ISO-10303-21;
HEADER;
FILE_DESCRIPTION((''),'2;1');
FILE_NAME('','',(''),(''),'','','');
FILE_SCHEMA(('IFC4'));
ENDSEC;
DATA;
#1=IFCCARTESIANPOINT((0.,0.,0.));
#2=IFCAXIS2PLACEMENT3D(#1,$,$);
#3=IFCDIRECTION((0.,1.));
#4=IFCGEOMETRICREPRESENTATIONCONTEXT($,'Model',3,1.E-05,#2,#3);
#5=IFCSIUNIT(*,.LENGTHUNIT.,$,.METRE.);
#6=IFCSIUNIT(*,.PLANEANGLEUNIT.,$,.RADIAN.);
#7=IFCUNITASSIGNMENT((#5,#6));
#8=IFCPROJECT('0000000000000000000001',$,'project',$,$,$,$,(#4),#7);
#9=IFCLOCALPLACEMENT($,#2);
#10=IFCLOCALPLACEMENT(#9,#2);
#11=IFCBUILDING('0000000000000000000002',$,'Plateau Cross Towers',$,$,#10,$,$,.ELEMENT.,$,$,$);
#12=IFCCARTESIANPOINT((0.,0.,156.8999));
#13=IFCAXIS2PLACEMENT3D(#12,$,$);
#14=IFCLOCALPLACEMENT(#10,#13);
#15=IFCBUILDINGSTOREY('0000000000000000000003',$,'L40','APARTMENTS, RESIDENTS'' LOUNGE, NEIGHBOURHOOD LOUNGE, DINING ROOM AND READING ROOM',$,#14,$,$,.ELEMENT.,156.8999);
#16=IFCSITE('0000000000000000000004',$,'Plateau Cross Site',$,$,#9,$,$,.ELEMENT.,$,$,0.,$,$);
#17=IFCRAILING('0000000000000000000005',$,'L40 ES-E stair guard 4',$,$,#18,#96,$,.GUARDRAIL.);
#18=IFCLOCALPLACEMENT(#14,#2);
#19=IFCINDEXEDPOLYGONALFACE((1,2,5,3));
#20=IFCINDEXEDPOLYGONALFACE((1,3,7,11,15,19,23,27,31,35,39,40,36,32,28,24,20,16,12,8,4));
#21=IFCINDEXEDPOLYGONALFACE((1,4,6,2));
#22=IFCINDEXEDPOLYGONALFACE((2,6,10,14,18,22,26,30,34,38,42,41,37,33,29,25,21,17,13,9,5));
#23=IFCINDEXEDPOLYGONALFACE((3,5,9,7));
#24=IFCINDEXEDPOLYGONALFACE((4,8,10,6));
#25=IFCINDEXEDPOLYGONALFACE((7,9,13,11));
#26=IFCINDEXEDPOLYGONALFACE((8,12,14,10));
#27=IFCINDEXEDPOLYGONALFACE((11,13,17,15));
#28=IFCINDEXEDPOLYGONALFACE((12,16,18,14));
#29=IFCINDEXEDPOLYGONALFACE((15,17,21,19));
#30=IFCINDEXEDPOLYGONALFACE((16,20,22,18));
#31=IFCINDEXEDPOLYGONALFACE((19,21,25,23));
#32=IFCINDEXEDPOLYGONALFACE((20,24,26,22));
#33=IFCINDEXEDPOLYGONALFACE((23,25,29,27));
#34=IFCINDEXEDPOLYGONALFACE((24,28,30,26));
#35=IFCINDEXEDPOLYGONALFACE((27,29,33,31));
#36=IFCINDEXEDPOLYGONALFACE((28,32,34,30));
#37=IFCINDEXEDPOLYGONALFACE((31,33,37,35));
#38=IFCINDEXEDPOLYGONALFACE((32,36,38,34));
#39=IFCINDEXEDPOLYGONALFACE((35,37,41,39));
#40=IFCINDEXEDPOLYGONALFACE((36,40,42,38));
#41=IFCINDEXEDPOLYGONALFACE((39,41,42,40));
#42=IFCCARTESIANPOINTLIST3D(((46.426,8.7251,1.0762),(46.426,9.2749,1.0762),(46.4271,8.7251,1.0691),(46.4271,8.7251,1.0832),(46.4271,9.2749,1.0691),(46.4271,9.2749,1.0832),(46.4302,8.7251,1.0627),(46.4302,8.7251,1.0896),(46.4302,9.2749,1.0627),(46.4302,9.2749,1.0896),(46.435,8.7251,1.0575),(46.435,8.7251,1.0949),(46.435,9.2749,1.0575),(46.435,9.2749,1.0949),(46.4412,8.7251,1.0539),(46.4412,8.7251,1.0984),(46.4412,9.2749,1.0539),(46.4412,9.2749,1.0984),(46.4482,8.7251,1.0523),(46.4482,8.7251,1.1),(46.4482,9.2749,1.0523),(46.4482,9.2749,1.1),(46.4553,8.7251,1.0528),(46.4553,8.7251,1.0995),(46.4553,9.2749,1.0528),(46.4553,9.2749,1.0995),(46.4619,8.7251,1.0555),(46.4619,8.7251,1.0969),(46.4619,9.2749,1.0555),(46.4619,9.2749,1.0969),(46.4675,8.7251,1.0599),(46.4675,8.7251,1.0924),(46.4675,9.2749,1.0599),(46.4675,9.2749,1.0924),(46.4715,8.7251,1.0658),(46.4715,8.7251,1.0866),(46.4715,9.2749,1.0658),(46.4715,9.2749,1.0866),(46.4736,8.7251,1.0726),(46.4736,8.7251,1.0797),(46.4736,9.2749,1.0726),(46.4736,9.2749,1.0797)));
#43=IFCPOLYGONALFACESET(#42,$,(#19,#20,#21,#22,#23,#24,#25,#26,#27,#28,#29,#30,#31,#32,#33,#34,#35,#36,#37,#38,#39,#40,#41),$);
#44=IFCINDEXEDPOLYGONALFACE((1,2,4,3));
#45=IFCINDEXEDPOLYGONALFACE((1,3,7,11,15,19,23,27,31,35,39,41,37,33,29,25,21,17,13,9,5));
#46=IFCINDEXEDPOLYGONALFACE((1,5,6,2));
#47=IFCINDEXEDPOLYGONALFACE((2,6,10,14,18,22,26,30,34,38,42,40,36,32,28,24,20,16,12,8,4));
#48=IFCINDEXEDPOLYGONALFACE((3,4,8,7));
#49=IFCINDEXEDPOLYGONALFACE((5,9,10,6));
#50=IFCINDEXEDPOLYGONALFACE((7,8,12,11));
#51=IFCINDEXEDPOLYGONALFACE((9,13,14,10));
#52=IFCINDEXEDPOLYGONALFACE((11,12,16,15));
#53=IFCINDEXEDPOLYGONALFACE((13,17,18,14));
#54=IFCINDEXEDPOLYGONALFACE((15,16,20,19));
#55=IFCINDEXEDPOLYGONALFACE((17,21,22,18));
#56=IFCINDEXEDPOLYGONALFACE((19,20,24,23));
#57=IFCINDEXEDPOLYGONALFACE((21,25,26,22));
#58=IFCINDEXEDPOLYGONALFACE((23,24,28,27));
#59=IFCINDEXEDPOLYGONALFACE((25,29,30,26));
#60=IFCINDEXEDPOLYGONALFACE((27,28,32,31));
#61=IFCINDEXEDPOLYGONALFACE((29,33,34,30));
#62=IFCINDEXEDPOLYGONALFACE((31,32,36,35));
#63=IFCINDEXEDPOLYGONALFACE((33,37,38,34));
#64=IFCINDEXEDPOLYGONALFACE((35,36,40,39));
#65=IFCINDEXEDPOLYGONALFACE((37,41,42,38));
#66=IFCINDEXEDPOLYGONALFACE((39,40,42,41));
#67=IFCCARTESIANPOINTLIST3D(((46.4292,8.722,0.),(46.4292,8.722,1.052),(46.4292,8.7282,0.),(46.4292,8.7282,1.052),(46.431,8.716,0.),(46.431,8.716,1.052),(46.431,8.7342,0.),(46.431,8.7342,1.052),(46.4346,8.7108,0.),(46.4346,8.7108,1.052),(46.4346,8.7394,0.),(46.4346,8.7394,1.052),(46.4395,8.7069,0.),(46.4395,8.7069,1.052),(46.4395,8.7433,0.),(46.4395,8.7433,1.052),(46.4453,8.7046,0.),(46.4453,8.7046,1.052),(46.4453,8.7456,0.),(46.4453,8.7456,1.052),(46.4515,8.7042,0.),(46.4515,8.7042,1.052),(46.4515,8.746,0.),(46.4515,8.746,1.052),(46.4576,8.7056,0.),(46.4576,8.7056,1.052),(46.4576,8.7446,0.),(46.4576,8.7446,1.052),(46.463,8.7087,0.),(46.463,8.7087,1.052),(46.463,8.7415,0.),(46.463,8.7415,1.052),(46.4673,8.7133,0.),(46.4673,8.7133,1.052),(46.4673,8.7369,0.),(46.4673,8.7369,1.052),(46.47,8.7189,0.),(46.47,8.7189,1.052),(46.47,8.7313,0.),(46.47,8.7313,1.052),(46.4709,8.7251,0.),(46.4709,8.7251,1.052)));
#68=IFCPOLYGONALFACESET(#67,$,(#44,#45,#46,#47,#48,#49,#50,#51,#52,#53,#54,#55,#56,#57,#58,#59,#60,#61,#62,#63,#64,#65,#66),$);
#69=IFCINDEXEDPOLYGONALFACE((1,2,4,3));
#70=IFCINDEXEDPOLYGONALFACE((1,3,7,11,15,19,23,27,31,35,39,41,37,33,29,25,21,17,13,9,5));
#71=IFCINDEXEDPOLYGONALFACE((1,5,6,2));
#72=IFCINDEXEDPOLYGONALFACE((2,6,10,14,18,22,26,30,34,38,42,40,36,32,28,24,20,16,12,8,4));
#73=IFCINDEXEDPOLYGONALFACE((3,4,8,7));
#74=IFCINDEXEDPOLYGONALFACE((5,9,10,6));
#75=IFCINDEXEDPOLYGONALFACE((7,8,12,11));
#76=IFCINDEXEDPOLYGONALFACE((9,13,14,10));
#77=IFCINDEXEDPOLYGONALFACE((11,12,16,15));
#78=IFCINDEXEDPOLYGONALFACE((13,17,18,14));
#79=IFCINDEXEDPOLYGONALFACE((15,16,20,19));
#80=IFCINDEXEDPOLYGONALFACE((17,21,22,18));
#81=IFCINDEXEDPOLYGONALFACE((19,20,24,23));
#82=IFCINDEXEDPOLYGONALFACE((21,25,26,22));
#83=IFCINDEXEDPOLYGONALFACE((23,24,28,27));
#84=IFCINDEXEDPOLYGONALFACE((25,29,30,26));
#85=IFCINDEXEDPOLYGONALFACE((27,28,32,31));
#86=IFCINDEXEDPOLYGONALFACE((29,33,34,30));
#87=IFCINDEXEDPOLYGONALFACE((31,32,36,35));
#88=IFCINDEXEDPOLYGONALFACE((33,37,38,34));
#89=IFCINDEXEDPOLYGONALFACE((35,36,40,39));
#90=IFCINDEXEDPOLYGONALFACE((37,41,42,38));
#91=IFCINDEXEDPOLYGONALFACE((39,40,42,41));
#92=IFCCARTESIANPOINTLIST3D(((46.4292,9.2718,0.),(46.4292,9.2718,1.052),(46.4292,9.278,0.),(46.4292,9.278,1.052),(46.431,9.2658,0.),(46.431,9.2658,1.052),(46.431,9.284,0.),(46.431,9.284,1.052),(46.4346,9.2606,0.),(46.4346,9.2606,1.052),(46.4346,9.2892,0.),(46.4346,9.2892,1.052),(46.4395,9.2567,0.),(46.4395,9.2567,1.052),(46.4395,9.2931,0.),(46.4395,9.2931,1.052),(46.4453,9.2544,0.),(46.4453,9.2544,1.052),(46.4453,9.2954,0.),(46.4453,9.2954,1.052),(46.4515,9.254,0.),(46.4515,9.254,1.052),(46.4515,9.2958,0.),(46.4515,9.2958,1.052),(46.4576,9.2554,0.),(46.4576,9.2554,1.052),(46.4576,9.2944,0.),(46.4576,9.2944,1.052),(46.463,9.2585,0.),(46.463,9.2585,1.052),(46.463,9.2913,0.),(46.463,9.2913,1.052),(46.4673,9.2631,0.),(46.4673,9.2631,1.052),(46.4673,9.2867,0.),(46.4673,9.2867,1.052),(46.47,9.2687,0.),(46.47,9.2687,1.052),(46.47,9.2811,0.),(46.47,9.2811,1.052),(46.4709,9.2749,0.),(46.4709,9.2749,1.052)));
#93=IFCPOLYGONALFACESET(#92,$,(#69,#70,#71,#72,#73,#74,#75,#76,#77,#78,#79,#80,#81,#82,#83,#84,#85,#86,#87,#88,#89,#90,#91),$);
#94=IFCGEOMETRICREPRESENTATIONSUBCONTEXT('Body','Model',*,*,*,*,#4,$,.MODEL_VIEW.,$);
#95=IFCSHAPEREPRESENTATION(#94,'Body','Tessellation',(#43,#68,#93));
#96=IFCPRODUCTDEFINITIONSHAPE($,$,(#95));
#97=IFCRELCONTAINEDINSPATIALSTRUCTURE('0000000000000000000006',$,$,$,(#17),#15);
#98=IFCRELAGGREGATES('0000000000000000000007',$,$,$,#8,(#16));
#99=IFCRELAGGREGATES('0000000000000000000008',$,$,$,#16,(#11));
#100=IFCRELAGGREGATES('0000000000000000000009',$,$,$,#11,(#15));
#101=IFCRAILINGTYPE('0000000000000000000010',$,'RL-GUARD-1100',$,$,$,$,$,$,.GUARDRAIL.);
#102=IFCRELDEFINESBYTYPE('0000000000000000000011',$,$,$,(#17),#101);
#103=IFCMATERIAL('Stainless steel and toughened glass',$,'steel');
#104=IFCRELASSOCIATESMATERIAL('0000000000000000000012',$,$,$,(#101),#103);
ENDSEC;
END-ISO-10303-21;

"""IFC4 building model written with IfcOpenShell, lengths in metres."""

from ifc_helpers import new_model, si_unit, direction, frame, origin, origin_2d, place, context, subcontext, project, spatial, circle, extrude, material, type_object, element, save


model = new_model("IFC4")

# Units and contexts
model_context = context("Model", 3, precision=1e-05, world=origin(), true_north=direction((0.0, 1.0)))
body_context = subcontext(model_context, "Body", "Model", "MODEL_VIEW")
ifc_project = project(units=[si_unit("LENGTHUNIT", "METRE"), si_unit("PLANEANGLEUNIT", "RADIAN")], contexts=[model_context])

# Site, building, storey
site_placement = place(None, origin())
site = spatial("IfcSite", under=ifc_project, at=site_placement, Name="Plateau Cross Site", CompositionType="ELEMENT", RefElevation=0.0)
building_placement = place(site_placement, origin())
building = spatial("IfcBuilding", under=site, at=building_placement, Name="Plateau Cross Towers", CompositionType="ELEMENT")
storey_placement = place(building_placement, frame((0.0, 0.0, 156.8999)))
storey = spatial("IfcBuildingStorey", under=building, at=storey_placement, Name="L40", Description="APARTMENTS, RESIDENTS' LOUNGE, NEIGHBOURHOOD LOUNGE, DINING ROOM AND READING ROOM", CompositionType="ELEMENT", Elevation=156.8999)

# Railing
ifc_material_1 = material(Name="Stainless steel and toughened glass", Category="steel")
railing_type_1 = type_object("IfcRailingType", Name="RL-GUARD-1100", PredefinedType="GUARDRAIL", material=ifc_material_1)
railing_1_placement = place(storey_placement, frame((46.45, 8.7251, 0.0)))
element("IfcRailing", 1, at=railing_1_placement, inside=storey, type_object=railing_type_1, Name="L40 ES-E stair guard 4", PredefinedType="GUARDRAIL", context=body_context, shape_type="SweptSolid", body=[
    extrude(circle(Radius=0.0239, at=origin_2d()), frame((0.0, 0.0, 1.0762), z_axis=(0.0, 1.0, 0.0), x_axis=(-1.0, 0.0, 0.0)), (0.0, 0.0, 1.0), 0.5498),
    extrude(circle(Radius=0.021, at=origin_2d()), origin(), (0.0, 0.0, 1.0), 1.052),
    extrude(circle(Radius=0.021, at=origin_2d()), frame((0.0, 0.5498, 0.0)), (0.0, 0.0, 1.0), 1.052),
])

save(model, "model.ifc")
